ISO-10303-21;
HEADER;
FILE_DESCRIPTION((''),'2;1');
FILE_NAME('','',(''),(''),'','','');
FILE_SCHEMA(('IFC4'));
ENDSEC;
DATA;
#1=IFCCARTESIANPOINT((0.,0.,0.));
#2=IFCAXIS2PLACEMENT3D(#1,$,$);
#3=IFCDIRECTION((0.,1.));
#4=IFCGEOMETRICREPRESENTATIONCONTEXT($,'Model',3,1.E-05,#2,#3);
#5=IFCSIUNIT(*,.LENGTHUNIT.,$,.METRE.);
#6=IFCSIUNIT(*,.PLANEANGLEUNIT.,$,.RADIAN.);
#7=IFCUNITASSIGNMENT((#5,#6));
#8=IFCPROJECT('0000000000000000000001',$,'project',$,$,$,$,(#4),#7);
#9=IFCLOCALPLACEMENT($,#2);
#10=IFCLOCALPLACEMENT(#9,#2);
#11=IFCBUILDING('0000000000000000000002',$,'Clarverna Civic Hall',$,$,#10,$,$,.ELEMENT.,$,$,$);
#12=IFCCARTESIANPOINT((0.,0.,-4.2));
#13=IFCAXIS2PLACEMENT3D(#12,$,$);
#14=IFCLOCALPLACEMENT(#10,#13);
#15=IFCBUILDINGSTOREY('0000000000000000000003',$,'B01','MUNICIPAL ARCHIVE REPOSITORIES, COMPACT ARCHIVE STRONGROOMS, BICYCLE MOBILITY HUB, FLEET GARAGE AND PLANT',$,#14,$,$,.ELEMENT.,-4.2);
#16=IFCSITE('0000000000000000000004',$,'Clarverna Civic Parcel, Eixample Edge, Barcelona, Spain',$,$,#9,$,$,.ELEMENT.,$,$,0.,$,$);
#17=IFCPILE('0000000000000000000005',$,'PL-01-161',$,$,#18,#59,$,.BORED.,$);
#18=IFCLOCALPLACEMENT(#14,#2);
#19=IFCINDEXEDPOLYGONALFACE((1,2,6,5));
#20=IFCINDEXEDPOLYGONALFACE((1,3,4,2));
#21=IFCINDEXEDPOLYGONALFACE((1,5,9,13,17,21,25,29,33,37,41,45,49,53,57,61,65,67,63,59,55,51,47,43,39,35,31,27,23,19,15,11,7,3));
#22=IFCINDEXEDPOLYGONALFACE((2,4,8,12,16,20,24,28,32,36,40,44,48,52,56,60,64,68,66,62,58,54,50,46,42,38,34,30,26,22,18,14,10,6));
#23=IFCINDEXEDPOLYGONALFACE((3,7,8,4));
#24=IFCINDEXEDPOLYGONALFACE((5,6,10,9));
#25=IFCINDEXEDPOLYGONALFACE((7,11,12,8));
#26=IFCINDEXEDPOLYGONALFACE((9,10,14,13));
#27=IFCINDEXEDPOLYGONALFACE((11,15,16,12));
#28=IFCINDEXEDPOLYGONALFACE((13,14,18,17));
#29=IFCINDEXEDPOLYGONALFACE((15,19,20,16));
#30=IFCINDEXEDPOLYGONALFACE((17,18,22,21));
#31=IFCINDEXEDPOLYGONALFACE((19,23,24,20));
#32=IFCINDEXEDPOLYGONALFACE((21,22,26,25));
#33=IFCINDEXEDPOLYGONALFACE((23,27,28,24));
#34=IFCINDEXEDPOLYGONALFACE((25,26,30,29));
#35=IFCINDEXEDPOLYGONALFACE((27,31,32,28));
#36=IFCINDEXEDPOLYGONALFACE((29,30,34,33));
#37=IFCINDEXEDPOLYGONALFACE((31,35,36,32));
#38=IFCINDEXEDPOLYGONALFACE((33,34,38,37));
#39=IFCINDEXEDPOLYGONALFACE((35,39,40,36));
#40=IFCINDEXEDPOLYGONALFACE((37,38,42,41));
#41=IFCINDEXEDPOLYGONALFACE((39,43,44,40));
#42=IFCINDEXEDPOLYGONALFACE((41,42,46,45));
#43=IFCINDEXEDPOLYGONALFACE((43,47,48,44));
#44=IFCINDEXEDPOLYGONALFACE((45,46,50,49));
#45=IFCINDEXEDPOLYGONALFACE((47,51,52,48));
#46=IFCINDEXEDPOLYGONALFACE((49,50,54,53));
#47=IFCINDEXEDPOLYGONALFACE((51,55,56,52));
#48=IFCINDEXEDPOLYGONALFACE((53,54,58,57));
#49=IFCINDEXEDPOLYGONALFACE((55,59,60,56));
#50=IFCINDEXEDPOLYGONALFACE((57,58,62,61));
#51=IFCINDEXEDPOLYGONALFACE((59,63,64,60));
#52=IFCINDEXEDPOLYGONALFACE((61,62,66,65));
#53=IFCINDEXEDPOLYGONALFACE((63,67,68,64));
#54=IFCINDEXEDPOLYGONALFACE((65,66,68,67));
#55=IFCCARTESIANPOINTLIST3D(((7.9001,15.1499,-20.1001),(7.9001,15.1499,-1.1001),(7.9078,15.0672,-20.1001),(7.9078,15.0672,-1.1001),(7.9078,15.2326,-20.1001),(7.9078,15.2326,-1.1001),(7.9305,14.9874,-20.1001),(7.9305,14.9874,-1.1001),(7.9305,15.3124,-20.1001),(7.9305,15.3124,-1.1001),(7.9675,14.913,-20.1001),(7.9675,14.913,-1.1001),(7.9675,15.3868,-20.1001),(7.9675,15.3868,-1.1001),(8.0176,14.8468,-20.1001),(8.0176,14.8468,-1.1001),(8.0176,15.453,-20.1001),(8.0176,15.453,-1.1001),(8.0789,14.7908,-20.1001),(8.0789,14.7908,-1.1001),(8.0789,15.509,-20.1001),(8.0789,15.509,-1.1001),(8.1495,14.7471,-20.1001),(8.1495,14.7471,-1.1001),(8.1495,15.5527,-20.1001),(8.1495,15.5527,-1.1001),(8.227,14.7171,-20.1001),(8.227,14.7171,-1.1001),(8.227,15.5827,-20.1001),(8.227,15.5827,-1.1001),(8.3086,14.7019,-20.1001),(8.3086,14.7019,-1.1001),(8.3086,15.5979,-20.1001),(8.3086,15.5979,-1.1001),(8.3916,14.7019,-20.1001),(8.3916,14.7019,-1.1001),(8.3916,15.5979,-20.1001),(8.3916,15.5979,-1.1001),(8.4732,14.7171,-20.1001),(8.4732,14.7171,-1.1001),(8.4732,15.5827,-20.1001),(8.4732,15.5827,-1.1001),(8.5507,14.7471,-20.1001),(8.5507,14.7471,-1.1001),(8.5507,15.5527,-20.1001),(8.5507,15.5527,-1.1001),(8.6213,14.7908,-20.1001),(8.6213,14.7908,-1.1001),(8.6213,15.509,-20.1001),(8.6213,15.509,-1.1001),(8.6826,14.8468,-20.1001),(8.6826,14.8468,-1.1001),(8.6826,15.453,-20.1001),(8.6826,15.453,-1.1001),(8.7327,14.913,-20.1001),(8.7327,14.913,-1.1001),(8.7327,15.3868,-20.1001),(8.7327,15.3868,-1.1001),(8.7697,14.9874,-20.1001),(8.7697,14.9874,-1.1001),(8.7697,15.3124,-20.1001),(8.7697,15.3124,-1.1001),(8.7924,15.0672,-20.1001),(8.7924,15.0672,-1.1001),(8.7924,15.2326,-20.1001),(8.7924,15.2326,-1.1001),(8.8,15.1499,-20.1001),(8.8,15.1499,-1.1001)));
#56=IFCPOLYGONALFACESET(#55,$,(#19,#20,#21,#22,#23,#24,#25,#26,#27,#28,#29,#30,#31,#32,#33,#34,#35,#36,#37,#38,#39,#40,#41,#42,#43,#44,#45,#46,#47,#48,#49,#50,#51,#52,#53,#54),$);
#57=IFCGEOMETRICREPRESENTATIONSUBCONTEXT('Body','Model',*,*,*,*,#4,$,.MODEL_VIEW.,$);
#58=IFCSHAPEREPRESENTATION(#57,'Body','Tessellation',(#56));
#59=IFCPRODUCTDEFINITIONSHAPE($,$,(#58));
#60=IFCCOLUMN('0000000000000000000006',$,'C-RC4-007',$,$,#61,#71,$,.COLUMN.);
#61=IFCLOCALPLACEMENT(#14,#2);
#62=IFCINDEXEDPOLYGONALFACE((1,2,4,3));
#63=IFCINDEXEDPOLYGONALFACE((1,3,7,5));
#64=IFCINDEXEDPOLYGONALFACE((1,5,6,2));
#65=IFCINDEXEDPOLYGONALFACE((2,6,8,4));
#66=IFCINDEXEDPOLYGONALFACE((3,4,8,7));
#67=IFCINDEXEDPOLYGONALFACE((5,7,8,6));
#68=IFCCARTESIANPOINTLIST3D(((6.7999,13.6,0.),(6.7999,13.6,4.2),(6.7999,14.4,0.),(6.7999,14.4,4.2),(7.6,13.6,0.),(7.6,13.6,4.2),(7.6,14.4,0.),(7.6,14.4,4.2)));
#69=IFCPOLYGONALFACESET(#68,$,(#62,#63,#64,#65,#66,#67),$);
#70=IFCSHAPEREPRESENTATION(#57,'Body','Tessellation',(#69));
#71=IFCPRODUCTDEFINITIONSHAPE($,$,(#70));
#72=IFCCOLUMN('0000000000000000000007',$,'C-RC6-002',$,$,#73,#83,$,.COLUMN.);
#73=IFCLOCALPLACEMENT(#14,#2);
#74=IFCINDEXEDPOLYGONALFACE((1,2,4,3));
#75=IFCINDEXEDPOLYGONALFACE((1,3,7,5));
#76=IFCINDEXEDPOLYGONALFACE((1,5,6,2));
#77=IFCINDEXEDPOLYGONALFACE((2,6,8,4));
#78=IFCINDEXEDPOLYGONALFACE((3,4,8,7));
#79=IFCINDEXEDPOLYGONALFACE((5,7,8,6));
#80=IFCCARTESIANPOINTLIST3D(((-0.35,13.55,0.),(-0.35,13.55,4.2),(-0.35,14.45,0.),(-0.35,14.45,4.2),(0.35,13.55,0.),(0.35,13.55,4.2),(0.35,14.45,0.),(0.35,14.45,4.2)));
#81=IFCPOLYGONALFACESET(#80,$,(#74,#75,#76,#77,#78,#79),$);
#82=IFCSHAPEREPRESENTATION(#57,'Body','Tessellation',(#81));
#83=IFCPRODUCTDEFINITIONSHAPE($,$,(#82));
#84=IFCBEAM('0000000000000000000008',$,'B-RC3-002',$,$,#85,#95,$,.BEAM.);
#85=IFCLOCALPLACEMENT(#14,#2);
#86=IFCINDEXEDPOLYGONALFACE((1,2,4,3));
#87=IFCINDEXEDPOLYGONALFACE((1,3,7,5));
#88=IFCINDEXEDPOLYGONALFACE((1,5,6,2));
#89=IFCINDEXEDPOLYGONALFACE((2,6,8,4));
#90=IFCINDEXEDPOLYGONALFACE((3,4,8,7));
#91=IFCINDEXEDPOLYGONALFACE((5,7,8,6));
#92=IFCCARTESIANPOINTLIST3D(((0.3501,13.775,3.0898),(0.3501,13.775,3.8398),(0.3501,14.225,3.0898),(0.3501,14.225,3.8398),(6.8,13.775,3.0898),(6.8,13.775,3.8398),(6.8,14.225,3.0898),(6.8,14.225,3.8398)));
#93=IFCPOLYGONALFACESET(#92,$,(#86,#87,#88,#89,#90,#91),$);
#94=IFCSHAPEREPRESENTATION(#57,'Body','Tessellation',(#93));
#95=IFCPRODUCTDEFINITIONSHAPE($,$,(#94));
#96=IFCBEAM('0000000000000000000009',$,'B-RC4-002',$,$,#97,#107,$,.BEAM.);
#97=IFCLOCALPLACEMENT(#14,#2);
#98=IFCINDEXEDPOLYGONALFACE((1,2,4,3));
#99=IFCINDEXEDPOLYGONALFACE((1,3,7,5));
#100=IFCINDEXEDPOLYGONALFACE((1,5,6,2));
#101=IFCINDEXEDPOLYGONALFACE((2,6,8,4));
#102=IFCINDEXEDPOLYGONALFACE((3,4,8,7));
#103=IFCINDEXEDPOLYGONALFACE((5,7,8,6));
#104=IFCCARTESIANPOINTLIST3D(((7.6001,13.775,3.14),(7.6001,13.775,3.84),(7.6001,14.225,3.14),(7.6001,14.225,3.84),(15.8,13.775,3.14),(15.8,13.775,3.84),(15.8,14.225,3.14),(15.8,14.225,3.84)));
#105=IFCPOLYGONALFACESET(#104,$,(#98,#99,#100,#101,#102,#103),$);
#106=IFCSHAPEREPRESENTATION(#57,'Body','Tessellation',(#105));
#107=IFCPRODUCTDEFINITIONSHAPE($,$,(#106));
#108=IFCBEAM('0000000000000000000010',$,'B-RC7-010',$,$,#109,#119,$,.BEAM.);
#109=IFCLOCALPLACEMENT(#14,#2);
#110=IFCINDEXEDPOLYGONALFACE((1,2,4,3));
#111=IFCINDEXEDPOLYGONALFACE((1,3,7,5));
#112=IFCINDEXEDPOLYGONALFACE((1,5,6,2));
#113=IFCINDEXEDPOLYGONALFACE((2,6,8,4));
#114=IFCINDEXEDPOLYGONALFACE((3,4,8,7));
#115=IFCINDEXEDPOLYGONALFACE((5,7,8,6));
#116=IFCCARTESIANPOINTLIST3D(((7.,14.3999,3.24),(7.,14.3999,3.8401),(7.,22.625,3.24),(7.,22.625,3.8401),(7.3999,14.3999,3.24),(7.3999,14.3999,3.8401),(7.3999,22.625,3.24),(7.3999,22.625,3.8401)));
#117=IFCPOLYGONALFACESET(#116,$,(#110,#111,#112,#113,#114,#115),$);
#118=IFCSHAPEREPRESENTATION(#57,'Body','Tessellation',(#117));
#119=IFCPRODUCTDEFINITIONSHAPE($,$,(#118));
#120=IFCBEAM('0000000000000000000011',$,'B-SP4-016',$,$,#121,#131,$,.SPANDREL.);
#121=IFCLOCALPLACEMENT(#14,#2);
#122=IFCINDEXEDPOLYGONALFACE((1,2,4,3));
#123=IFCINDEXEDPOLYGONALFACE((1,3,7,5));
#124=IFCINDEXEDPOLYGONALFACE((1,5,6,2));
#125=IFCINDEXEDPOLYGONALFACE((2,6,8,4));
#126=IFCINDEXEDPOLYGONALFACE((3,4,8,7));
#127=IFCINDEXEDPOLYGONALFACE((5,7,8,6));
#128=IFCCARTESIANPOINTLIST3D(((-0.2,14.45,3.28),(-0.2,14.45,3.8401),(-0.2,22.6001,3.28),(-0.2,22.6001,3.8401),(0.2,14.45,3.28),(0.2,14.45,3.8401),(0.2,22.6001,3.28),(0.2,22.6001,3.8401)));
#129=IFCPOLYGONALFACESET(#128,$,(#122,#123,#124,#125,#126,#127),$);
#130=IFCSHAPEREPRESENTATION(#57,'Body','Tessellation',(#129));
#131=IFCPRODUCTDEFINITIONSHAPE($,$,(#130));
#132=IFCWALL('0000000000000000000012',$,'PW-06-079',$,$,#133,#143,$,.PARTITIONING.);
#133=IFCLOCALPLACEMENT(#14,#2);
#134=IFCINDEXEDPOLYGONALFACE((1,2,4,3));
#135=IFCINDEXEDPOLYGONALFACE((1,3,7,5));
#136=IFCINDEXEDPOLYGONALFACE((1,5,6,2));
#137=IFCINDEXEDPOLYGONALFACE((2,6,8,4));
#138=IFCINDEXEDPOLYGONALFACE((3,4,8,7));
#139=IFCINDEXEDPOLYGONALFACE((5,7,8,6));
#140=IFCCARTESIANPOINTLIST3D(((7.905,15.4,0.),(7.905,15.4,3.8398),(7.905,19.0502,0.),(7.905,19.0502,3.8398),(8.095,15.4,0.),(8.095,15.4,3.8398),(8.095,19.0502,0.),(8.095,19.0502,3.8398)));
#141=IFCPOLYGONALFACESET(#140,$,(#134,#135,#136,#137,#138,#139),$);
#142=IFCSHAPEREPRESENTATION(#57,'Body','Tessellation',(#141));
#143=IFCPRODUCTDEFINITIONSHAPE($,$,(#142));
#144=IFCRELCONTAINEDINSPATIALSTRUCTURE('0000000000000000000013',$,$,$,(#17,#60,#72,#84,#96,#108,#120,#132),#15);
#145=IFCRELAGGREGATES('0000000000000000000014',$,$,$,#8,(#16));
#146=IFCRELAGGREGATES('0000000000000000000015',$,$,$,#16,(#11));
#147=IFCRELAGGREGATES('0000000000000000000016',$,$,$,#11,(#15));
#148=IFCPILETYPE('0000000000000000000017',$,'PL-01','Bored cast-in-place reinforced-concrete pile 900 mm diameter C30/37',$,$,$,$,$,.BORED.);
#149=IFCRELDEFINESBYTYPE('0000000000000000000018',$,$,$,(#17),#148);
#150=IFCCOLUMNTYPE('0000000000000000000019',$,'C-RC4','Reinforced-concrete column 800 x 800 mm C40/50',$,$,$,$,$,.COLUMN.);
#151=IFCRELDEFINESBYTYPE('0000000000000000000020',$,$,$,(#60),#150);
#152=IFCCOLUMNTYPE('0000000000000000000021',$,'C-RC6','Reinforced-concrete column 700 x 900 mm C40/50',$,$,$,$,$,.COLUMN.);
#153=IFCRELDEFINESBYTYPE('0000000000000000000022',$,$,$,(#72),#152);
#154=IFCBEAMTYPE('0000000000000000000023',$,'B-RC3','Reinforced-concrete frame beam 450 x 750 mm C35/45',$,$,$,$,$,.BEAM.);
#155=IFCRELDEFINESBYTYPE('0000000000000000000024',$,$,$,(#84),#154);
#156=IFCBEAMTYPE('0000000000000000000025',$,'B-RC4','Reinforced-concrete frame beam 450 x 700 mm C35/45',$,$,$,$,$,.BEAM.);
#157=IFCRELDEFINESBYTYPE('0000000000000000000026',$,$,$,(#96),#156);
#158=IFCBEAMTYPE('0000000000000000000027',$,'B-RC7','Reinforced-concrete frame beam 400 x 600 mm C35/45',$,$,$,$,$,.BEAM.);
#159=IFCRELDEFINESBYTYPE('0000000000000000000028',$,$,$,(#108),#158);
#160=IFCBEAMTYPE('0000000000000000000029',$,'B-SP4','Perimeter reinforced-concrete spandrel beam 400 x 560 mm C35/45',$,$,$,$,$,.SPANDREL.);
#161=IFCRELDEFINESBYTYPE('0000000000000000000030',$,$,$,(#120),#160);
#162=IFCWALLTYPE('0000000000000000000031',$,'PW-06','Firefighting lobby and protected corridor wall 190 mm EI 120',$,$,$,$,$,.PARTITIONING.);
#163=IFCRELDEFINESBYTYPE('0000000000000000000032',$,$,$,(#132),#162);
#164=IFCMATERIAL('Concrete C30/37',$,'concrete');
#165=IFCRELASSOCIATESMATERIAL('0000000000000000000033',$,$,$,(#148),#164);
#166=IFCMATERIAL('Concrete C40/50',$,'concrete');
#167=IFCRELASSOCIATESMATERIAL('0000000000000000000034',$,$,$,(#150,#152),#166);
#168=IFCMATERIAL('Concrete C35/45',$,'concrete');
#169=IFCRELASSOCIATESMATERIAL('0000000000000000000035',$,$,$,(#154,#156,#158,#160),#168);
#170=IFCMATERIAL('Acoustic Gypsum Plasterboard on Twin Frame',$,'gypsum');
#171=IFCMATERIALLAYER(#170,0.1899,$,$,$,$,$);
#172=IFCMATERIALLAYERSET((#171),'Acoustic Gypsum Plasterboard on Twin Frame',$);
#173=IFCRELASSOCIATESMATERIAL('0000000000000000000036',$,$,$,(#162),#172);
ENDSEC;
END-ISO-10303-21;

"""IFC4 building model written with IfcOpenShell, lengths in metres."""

from ifc_helpers import new_model, si_unit, direction, frame, frame_2d, origin, origin_2d, place, context, subcontext, project, spatial, rectangle, circle, extrude, material, layer, layer_set, material_profile, profile_set, type_object, element, save


model = new_model("IFC4")

# Units and contexts
model_context = context("Model", 3, precision=1e-05, world=origin(), true_north=direction((0.0, 1.0)))
body_context = subcontext(model_context, "Body", "Model", "MODEL_VIEW")
ifc_project = project(units=[si_unit("LENGTHUNIT", "METRE"), si_unit("PLANEANGLEUNIT", "RADIAN")], contexts=[model_context])

# Site, building, storey
site_placement = place(None, origin())
site = spatial("IfcSite", under=ifc_project, at=site_placement, Name="Clarverna Civic Parcel, Eixample Edge, Barcelona, Spain", CompositionType="ELEMENT", RefElevation=0.0)
building_placement = place(site_placement, origin())
building = spatial("IfcBuilding", under=site, at=building_placement, Name="Clarverna Civic Hall", CompositionType="ELEMENT")
storey_placement = place(building_placement, frame((0.0, 0.0, -4.2)))
storey = spatial("IfcBuildingStorey", under=building, at=storey_placement, Name="B01", Description="MUNICIPAL ARCHIVE REPOSITORIES, COMPACT ARCHIVE STRONGROOMS, BICYCLE MOBILITY HUB, FLEET GARAGE AND PLANT", CompositionType="ELEMENT", Elevation=-4.2)

# Shared definitions
ifc_material_1 = material(Name="Concrete C30/37", Category="concrete")

# Pile
ifc_material_profile_1 = material_profile(ifc_material_1, circle(Radius=0.45, at=origin_2d()), Name="BORED PILE D900")
ifc_profile_set_1 = profile_set([ifc_material_profile_1], Name="Concrete C30/37")
pile_type = type_object("IfcPileType", Name="PL-01", Description="Bored cast-in-place reinforced-concrete pile 900 mm diameter C30/37", PredefinedType="BORED", material=ifc_profile_set_1)
for number, where, z_axis, x_axis, name in (
    (1, (8.3501, 15.1499, -1.1001), (0.0, 0.0, -1.0), (1.0, 0.0, 0.0), "PL-01-161"),
):
    element("IfcPile", number, at=place(storey_placement, frame(where, z_axis=z_axis, x_axis=x_axis)), inside=storey, type_object=pile_type, Name=name, PredefinedType="BORED", context=body_context, shape_type="SweptSolid", body=[
        extrude(circle(Radius=0.45, at=origin_2d()), origin(), (0.0, 0.0, 1.0), 19.0),
    ])

# Columns
ifc_material_2 = material(Name="Concrete C40/50", Category="concrete")
ifc_material_profile_2 = material_profile(ifc_material_2, rectangle(XDim=0.8, YDim=0.8, at=origin_2d()), Name="RC 800x800")
ifc_profile_set_2 = profile_set([ifc_material_profile_2], Name="Concrete C40/50")
column_type_1 = type_object("IfcColumnType", Name="C-RC4", Description="Reinforced-concrete column 800 x 800 mm C40/50", PredefinedType="COLUMN", material=ifc_profile_set_2)
column_1_placement = place(storey_placement, frame((7.2, 14.0, 0.0), z_axis=(0.0, 0.0, 1.0), x_axis=(1.0, 0.0, 0.0)))
element("IfcColumn", 2, at=column_1_placement, inside=storey, type_object=column_type_1, Name="C-RC4-007", PredefinedType="COLUMN", context=body_context, shape_type="SweptSolid", body=[
    extrude(rectangle(XDim=0.8, YDim=0.8, at=origin_2d()), origin(), (0.0, 0.0, 1.0), 4.2),
])
ifc_material_profile_3 = material_profile(ifc_material_2, rectangle(XDim=0.7, YDim=0.8999, at=origin_2d()), Name="RC 700x900")
ifc_profile_set_3 = profile_set([ifc_material_profile_3], Name="Concrete C40/50")
column_type_2 = type_object("IfcColumnType", Name="C-RC6", Description="Reinforced-concrete column 700 x 900 mm C40/50", PredefinedType="COLUMN", material=ifc_profile_set_3)
column_2_placement = place(storey_placement, frame((0.0, 14.0, 0.0), z_axis=(0.0, 0.0, 1.0), x_axis=(1.0, 0.0, 0.0)))
element("IfcColumn", 3, at=column_2_placement, inside=storey, type_object=column_type_2, Name="C-RC6-002", PredefinedType="COLUMN", context=body_context, shape_type="SweptSolid", body=[
    extrude(rectangle(XDim=0.7, YDim=0.8999, at=origin_2d()), origin(), (0.0, 0.0, 1.0), 4.2),
])

# Beams
ifc_material_3 = material(Name="Concrete C35/45", Category="concrete")
ifc_material_profile_4 = material_profile(ifc_material_3, rectangle(XDim=0.45, YDim=0.75, at=origin_2d()), Name="RC 450x750")
ifc_profile_set_4 = profile_set([ifc_material_profile_4], Name="Concrete C35/45")
beam_type_1 = type_object("IfcBeamType", Name="B-RC3", Description="Reinforced-concrete frame beam 450 x 750 mm C35/45", PredefinedType="BEAM", material=ifc_profile_set_4)
beam_1_placement = place(storey_placement, frame((0.3501, 14.0, 3.4648), z_axis=(1.0, 0.0, 0.0), x_axis=(0.0, 1.0, 0.0)))
element("IfcBeam", 4, at=beam_1_placement, inside=storey, type_object=beam_type_1, Name="B-RC3-002", PredefinedType="BEAM", context=body_context, shape_type="SweptSolid", body=[
    extrude(rectangle(XDim=0.45, YDim=0.75, at=origin_2d()), origin(), (0.0, 0.0, 1.0), 6.45),
])
ifc_material_profile_5 = material_profile(ifc_material_3, rectangle(XDim=0.45, YDim=0.7, at=origin_2d()), Name="RC 450x700")
ifc_profile_set_5 = profile_set([ifc_material_profile_5], Name="Concrete C35/45")
beam_type_2 = type_object("IfcBeamType", Name="B-RC4", Description="Reinforced-concrete frame beam 450 x 700 mm C35/45", PredefinedType="BEAM", material=ifc_profile_set_5)
beam_2_placement = place(storey_placement, frame((7.6001, 14.0, 3.49), z_axis=(1.0, 0.0, 0.0), x_axis=(0.0, 1.0, 0.0)))
element("IfcBeam", 5, at=beam_2_placement, inside=storey, type_object=beam_type_2, Name="B-RC4-002", PredefinedType="BEAM", context=body_context, shape_type="SweptSolid", body=[
    extrude(rectangle(XDim=0.45, YDim=0.7, at=origin_2d()), origin(), (0.0, 0.0, 1.0), 8.2),
])
ifc_material_profile_6 = material_profile(ifc_material_3, rectangle(XDim=0.3999, YDim=0.6001, at=origin_2d()), Name="RC 400x600")
ifc_profile_set_6 = profile_set([ifc_material_profile_6], Name="Concrete C35/45")
beam_type_3 = type_object("IfcBeamType", Name="B-RC7", Description="Reinforced-concrete frame beam 400 x 600 mm C35/45", PredefinedType="BEAM", material=ifc_profile_set_6)
beam_3_placement = place(storey_placement, frame((7.2, 14.3999, 3.54), z_axis=(0.0, 1.0, 0.0), x_axis=(-1.0, 0.0, 0.0)))
element("IfcBeam", 6, at=beam_3_placement, inside=storey, type_object=beam_type_3, Name="B-RC7-010", PredefinedType="BEAM", context=body_context, shape_type="SweptSolid", body=[
    extrude(rectangle(XDim=0.3999, YDim=0.6001, at=origin_2d()), origin(), (0.0, 0.0, 1.0), 8.2251),
])
ifc_material_profile_7 = material_profile(ifc_material_3, rectangle(XDim=0.3999, YDim=0.5601, at=origin_2d()), Name="RC 400x560")
ifc_profile_set_7 = profile_set([ifc_material_profile_7], Name="Concrete C35/45")
beam_type_4 = type_object("IfcBeamType", Name="B-SP4", Description="Perimeter reinforced-concrete spandrel beam 400 x 560 mm C35/45", PredefinedType="SPANDREL", material=ifc_profile_set_7)
beam_4_placement = place(storey_placement, frame((0.0, 14.45, 3.5601), z_axis=(0.0, 1.0, 0.0), x_axis=(-1.0, 0.0, 0.0)))
element("IfcBeam", 7, at=beam_4_placement, inside=storey, type_object=beam_type_4, Name="B-SP4-016", PredefinedType="SPANDREL", context=body_context, shape_type="SweptSolid", body=[
    extrude(rectangle(XDim=0.3999, YDim=0.5601, at=origin_2d()), origin(), (0.0, 0.0, 1.0), 8.1501),
])

# Wall
ifc_material_4 = material(Name="Acoustic Gypsum Plasterboard on Twin Frame", Category="gypsum")
ifc_layer = layer(ifc_material_4, 0.1899)
ifc_layer_set = layer_set([ifc_layer], Name="Acoustic Gypsum Plasterboard on Twin Frame")
wall_type = type_object("IfcWallType", Name="PW-06", Description="Firefighting lobby and protected corridor wall 190 mm EI 120", PredefinedType="PARTITIONING", material=ifc_layer_set)
wall_1_placement = place(storey_placement, frame((8.0, 15.3999, 0.0), z_axis=(0.0, 0.0, 1.0), x_axis=(0.0, 1.0, 0.0)))
element("IfcWall", 8, at=wall_1_placement, inside=storey, type_object=wall_type, Name="PW-06-079", PredefinedType="PARTITIONING", context=body_context, shape_type="SweptSolid", body=[
    extrude(rectangle(XDim=3.6501, YDim=0.1899, at=frame_2d((1.8252, 0.0))), origin(), (0.0, 0.0, 1.0), 3.8398),
])

save(model, "model.ifc")
